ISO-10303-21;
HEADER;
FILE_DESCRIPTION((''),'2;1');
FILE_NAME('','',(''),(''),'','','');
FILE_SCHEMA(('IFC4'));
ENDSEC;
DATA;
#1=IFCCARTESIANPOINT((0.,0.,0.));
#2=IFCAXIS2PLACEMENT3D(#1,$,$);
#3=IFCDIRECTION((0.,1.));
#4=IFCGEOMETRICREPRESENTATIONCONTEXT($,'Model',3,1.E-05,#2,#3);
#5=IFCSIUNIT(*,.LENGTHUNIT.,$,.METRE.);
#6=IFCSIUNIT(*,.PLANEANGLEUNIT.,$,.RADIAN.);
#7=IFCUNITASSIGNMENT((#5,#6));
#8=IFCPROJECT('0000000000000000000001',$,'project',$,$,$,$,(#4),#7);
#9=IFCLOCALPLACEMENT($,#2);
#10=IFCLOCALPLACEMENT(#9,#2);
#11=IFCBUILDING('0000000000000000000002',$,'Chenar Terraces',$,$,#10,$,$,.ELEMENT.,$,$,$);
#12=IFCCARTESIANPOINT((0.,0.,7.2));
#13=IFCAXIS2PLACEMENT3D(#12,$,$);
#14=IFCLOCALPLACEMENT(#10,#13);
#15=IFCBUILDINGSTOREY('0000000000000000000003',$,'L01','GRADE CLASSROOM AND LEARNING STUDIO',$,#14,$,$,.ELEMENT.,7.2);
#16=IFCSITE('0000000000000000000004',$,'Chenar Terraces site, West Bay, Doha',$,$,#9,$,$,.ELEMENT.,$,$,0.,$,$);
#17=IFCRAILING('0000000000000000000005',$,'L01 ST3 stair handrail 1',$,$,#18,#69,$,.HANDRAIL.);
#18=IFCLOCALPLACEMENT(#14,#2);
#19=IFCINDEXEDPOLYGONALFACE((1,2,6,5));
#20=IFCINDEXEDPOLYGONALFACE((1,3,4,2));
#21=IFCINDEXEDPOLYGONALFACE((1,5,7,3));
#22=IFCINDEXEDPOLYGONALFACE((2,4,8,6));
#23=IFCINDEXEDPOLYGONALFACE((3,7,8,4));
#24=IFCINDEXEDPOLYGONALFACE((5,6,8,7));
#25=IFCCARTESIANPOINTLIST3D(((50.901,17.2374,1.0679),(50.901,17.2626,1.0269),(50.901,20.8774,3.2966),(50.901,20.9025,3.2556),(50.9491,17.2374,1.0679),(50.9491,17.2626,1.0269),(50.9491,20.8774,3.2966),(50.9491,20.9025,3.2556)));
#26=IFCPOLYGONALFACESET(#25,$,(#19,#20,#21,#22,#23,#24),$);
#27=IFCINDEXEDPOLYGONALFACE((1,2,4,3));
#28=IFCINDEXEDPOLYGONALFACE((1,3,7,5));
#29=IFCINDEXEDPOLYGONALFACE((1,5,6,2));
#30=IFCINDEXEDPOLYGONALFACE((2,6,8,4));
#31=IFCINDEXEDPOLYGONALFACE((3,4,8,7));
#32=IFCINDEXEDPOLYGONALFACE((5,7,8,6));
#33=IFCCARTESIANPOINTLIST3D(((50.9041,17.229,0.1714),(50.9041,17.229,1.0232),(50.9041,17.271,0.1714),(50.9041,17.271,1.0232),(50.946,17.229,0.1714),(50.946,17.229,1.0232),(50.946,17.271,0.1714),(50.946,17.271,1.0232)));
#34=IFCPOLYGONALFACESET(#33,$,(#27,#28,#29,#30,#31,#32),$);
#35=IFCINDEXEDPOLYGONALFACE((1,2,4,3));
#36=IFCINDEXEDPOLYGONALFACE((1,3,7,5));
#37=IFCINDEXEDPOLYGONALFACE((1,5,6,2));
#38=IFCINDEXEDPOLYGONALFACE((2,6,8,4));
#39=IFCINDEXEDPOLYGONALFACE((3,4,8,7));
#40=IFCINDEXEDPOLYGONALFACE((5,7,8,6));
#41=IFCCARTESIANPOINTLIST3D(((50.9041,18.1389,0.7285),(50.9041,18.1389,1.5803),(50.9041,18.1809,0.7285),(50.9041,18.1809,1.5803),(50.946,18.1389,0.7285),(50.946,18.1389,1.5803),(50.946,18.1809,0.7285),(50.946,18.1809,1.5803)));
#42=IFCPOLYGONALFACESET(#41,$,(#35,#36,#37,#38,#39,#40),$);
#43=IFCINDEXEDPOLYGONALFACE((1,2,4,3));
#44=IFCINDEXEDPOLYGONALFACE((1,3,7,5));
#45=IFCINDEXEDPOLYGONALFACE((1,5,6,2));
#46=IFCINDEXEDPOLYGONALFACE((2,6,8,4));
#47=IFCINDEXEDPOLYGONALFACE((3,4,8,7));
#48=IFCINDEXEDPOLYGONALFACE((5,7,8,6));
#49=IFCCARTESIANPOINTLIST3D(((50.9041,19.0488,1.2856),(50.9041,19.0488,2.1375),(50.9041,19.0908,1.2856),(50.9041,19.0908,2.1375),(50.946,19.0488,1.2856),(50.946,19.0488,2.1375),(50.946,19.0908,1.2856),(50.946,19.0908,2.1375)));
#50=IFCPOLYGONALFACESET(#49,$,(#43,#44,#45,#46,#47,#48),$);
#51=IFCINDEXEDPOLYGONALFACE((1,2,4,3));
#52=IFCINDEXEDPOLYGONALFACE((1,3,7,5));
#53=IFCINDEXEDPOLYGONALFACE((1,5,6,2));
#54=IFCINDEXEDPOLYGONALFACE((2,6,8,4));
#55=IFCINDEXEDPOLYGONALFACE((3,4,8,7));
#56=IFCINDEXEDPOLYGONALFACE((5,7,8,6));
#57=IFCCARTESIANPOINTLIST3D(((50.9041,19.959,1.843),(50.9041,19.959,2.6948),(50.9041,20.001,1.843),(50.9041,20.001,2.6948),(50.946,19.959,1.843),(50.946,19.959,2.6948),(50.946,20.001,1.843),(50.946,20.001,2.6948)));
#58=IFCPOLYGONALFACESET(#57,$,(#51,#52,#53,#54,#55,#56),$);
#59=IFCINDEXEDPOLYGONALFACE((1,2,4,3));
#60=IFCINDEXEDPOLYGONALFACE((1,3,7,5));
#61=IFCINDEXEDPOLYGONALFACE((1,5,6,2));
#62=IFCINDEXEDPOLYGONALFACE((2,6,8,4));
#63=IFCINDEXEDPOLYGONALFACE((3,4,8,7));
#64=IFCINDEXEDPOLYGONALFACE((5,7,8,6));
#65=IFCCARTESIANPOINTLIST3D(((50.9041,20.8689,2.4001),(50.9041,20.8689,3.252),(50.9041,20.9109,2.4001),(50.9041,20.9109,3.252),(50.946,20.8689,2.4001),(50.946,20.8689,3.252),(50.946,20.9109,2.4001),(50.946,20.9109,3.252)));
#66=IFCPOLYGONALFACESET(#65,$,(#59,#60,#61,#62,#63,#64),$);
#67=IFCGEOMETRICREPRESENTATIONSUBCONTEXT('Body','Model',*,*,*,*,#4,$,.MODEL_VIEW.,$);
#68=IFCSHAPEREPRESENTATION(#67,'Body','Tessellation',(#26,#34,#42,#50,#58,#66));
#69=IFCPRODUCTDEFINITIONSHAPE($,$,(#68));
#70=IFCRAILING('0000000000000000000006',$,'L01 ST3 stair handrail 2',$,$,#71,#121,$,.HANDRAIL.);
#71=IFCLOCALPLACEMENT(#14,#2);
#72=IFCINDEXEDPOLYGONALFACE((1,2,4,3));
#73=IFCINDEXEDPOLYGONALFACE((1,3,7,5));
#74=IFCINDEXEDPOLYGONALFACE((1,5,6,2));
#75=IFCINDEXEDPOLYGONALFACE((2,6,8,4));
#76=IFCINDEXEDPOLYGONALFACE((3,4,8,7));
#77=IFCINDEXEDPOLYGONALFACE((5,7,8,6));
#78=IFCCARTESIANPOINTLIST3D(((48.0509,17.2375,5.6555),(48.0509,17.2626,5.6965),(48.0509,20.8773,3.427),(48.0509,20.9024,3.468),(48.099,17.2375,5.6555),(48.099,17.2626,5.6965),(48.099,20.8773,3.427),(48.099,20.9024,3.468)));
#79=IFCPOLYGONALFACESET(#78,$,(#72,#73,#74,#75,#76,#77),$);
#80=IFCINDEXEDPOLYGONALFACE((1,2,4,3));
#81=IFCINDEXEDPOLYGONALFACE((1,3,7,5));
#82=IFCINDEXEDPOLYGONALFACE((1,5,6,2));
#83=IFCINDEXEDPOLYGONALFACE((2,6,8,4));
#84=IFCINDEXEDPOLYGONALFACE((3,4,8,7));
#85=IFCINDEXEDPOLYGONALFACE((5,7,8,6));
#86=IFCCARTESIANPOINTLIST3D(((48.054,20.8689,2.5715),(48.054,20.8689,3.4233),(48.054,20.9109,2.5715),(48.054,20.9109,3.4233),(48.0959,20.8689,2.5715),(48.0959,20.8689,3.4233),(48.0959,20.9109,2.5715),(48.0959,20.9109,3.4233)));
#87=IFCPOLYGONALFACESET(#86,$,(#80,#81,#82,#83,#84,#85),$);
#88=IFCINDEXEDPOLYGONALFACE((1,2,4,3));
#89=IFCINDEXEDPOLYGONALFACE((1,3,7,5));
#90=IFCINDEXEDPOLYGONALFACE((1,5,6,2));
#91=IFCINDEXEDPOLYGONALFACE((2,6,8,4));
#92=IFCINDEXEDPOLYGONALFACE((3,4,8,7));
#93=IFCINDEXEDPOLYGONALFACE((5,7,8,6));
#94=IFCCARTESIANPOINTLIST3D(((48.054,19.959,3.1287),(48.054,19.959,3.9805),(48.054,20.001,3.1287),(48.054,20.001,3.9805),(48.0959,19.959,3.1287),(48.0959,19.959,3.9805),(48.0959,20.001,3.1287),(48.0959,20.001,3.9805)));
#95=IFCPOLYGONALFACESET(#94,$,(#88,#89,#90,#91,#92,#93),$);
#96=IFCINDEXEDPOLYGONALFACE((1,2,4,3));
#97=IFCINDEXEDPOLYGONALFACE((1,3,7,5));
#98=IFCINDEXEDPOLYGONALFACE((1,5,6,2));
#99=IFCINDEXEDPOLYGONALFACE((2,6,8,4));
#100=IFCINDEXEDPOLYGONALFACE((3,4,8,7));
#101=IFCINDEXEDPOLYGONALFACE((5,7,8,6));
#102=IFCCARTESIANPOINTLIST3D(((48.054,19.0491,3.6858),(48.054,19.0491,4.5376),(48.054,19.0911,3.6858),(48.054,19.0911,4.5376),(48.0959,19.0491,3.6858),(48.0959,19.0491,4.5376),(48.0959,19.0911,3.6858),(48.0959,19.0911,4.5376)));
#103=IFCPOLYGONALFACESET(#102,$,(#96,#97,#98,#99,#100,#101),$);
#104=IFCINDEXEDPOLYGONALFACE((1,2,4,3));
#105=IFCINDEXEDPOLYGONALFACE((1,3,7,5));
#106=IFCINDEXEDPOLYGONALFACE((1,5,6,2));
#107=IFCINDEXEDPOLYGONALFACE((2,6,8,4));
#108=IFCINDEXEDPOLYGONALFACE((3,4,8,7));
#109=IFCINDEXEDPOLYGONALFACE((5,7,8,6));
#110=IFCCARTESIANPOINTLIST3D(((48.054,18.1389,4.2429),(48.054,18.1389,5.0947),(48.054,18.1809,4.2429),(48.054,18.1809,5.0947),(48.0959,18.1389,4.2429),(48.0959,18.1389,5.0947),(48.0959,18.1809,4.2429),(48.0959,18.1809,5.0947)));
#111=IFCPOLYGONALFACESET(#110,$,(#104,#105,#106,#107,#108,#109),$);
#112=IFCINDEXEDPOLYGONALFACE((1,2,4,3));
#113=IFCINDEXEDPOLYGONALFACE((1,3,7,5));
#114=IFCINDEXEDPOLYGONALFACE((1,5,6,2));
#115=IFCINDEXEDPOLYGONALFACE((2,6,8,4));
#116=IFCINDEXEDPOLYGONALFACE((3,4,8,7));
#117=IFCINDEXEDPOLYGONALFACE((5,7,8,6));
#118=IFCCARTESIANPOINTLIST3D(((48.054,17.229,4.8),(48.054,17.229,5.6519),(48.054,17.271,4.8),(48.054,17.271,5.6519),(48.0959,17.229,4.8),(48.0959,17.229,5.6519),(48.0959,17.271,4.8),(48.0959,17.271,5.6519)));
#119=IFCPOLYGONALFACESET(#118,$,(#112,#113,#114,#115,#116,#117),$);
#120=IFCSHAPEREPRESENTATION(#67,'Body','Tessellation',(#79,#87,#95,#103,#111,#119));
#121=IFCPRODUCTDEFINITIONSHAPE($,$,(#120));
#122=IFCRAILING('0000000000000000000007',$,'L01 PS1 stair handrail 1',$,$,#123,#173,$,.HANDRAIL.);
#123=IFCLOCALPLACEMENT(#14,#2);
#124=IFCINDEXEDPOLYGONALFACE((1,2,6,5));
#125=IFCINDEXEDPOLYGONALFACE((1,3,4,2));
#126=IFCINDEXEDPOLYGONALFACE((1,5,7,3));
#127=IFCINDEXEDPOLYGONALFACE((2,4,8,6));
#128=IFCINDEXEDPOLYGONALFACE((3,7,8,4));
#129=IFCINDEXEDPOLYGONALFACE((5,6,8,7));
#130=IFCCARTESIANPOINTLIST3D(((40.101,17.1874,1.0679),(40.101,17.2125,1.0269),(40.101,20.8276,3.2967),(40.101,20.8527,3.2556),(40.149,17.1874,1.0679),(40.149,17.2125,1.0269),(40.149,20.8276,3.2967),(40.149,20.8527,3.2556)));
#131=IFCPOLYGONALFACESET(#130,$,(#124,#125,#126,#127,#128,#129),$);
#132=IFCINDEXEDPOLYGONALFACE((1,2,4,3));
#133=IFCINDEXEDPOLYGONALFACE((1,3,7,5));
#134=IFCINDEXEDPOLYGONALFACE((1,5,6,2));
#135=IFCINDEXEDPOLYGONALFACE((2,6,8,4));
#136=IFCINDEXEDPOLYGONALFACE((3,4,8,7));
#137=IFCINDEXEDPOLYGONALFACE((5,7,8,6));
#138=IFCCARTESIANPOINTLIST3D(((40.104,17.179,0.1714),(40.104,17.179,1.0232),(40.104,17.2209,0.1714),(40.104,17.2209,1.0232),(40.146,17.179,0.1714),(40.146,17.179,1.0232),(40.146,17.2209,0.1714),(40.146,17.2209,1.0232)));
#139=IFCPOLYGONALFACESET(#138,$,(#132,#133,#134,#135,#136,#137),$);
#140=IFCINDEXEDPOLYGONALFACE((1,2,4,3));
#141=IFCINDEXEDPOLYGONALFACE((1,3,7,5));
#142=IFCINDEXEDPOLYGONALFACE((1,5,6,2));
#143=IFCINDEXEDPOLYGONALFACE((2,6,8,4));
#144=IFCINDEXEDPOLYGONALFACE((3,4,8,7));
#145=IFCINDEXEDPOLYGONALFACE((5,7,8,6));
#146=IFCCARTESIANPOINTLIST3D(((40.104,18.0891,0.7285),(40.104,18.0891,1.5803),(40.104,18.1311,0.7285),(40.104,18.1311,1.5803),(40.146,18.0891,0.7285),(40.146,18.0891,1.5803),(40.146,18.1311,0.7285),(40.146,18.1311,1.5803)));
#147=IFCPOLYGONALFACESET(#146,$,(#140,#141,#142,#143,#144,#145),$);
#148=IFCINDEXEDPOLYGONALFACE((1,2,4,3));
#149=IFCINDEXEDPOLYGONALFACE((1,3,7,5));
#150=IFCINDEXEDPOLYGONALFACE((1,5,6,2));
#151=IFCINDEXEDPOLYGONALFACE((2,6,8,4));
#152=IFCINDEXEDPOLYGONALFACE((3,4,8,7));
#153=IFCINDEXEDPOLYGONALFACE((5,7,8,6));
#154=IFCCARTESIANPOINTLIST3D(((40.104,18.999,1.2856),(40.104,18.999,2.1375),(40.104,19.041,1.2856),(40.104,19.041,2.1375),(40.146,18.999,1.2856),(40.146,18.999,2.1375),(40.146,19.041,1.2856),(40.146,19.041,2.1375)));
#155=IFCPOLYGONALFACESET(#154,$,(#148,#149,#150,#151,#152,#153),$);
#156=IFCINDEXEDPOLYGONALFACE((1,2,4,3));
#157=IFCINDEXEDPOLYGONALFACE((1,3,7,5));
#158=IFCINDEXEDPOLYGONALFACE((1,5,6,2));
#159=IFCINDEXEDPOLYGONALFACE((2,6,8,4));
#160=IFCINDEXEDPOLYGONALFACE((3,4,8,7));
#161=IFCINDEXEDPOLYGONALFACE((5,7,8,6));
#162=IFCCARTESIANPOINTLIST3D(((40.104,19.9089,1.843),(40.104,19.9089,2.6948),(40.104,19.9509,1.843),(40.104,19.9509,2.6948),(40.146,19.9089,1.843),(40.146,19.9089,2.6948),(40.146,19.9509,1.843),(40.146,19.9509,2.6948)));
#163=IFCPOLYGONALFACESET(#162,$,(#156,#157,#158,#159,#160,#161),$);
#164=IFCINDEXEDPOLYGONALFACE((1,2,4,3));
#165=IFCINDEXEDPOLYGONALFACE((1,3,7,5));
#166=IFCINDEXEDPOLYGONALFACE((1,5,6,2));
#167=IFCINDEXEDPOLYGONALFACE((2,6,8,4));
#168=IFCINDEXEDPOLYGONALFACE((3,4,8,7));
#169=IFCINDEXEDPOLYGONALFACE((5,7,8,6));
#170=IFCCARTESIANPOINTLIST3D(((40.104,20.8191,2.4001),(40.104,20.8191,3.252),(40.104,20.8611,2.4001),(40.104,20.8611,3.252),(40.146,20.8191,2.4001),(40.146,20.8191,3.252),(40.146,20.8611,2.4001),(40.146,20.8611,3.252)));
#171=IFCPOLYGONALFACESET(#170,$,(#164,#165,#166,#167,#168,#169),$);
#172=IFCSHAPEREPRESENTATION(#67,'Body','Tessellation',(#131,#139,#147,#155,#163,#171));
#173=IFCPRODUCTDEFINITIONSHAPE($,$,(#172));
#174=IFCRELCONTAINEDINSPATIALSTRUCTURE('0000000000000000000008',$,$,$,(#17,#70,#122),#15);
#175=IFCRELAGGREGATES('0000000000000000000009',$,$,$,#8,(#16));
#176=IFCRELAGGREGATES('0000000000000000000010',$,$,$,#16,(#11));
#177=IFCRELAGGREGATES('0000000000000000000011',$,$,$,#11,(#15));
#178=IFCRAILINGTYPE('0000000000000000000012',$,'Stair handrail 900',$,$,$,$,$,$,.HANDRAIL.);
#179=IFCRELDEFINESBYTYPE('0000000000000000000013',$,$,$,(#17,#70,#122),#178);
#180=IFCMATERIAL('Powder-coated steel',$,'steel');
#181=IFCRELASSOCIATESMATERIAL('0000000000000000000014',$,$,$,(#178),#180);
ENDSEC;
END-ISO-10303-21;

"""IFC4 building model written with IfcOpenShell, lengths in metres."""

from ifc_helpers import new_model, si_unit, direction, frame, origin, origin_2d, place, context, subcontext, project, spatial, rectangle, extrude, material, type_object, element, save


model = new_model("IFC4")

# Units and contexts
model_context = context("Model", 3, precision=1e-05, world=origin(), true_north=direction((0.0, 1.0)))
body_context = subcontext(model_context, "Body", "Model", "MODEL_VIEW")
ifc_project = project(units=[si_unit("LENGTHUNIT", "METRE"), si_unit("PLANEANGLEUNIT", "RADIAN")], contexts=[model_context])

# Site, building, storey
site_placement = place(None, origin())
site = spatial("IfcSite", under=ifc_project, at=site_placement, Name="Chenar Terraces site, West Bay, Doha", CompositionType="ELEMENT", RefElevation=0.0)
building_placement = place(site_placement, origin())
building = spatial("IfcBuilding", under=site, at=building_placement, Name="Chenar Terraces", CompositionType="ELEMENT")
storey_placement = place(building_placement, frame((0.0, 0.0, 7.2)))
storey = spatial("IfcBuildingStorey", under=building, at=storey_placement, Name="L01", Description="GRADE CLASSROOM AND LEARNING STUDIO", CompositionType="ELEMENT", Elevation=7.2)

# Railings
ifc_material_1 = material(Name="Powder-coated steel", Category="steel")
railing_type_1 = type_object("IfcRailingType", Name="Stair handrail 900", PredefinedType="HANDRAIL", material=ifc_material_1)
railing_1_placement = place(storey_placement, frame((50.925, 17.25, 0.1714)))
element("IfcRailing", 1, at=railing_1_placement, inside=storey, type_object=railing_type_1, Name="L01 ST3 stair handrail 1", PredefinedType="HANDRAIL", context=body_context, shape_type="SweptSolid", body=[
    extrude(rectangle(XDim=0.0481, YDim=0.0481, at=origin_2d()), frame((0.0, 0.0, 0.876), z_axis=(0.0, 0.852825, 0.522197), x_axis=(-1.0, 0.0, 0.0)), (0.0, 0.0, 1.0), 4.2681),
    extrude(rectangle(XDim=0.042, YDim=0.042, at=origin_2d()), origin(), (0.0, 0.0, 1.0), 0.8518),
    extrude(rectangle(XDim=0.042, YDim=0.042, at=origin_2d()), frame((0.0, 0.9099, 0.5571)), (0.0, 0.0, 1.0), 0.8518),
    extrude(rectangle(XDim=0.042, YDim=0.042, at=origin_2d()), frame((0.0, 1.8198, 1.1143)), (0.0, 0.0, 1.0), 0.8518),
    extrude(rectangle(XDim=0.042, YDim=0.042, at=origin_2d()), frame((0.0, 2.73, 1.6716)), (0.0, 0.0, 1.0), 0.8518),
    extrude(rectangle(XDim=0.042, YDim=0.042, at=origin_2d()), frame((0.0, 3.6399, 2.2288)), (0.0, 0.0, 1.0), 0.8518),
])
railing_2_placement = place(storey_placement, frame((48.075, 20.8899, 2.5715)))
element("IfcRailing", 2, at=railing_2_placement, inside=storey, type_object=railing_type_1, Name="L01 ST3 stair handrail 2", PredefinedType="HANDRAIL", context=body_context, shape_type="SweptSolid", body=[
    extrude(rectangle(XDim=0.0481, YDim=0.0481, at=origin_2d()), frame((0.0, 0.0, 0.876), z_axis=(0.0, -0.85285, 0.522156), x_axis=(1.0, 0.0, 0.0)), (0.0, 0.0, 1.0), 4.2678),
    extrude(rectangle(XDim=0.042, YDim=0.042, at=origin_2d()), origin(), (0.0, 0.0, 1.0), 0.8518),
    extrude(rectangle(XDim=0.042, YDim=0.042, at=origin_2d()), frame((0.0, -0.9099, 0.5571)), (0.0, 0.0, 1.0), 0.8518),
    extrude(rectangle(XDim=0.042, YDim=0.042, at=origin_2d()), frame((0.0, -1.8198, 1.1143)), (0.0, 0.0, 1.0), 0.8518),
    extrude(rectangle(XDim=0.042, YDim=0.042, at=origin_2d()), frame((0.0, -2.73, 1.6714)), (0.0, 0.0, 1.0), 0.8518),
    extrude(rectangle(XDim=0.042, YDim=0.042, at=origin_2d()), frame((0.0, -3.6399, 2.2285)), (0.0, 0.0, 1.0), 0.8518),
])
railing_3_placement = place(storey_placement, frame((40.125, 17.2, 0.1714)))
element("IfcRailing", 3, at=railing_3_placement, inside=storey, type_object=railing_type_1, Name="L01 PS1 stair handrail 1", PredefinedType="HANDRAIL", context=body_context, shape_type="SweptSolid", body=[
    extrude(rectangle(XDim=0.0481, YDim=0.0481, at=origin_2d()), frame((0.0, 0.0, 0.876), z_axis=(0.0, 0.85284, 0.522172), x_axis=(-1.0, 0.0, 0.0)), (0.0, 0.0, 1.0), 4.2683),
    extrude(rectangle(XDim=0.042, YDim=0.042, at=origin_2d()), origin(), (0.0, 0.0, 1.0), 0.8518),
    extrude(rectangle(XDim=0.042, YDim=0.042, at=origin_2d()), frame((0.0, 0.9102, 0.5571)), (0.0, 0.0, 1.0), 0.8518),
    extrude(rectangle(XDim=0.042, YDim=0.042, at=origin_2d()), frame((0.0, 1.8201, 1.1143)), (0.0, 0.0, 1.0), 0.8518),
    extrude(rectangle(XDim=0.042, YDim=0.042, at=origin_2d()), frame((0.0, 2.73, 1.6716)), (0.0, 0.0, 1.0), 0.8518),
    extrude(rectangle(XDim=0.042, YDim=0.042, at=origin_2d()), frame((0.0, 3.6401, 2.2288)), (0.0, 0.0, 1.0), 0.8518),
])

save(model, "model.ifc")
